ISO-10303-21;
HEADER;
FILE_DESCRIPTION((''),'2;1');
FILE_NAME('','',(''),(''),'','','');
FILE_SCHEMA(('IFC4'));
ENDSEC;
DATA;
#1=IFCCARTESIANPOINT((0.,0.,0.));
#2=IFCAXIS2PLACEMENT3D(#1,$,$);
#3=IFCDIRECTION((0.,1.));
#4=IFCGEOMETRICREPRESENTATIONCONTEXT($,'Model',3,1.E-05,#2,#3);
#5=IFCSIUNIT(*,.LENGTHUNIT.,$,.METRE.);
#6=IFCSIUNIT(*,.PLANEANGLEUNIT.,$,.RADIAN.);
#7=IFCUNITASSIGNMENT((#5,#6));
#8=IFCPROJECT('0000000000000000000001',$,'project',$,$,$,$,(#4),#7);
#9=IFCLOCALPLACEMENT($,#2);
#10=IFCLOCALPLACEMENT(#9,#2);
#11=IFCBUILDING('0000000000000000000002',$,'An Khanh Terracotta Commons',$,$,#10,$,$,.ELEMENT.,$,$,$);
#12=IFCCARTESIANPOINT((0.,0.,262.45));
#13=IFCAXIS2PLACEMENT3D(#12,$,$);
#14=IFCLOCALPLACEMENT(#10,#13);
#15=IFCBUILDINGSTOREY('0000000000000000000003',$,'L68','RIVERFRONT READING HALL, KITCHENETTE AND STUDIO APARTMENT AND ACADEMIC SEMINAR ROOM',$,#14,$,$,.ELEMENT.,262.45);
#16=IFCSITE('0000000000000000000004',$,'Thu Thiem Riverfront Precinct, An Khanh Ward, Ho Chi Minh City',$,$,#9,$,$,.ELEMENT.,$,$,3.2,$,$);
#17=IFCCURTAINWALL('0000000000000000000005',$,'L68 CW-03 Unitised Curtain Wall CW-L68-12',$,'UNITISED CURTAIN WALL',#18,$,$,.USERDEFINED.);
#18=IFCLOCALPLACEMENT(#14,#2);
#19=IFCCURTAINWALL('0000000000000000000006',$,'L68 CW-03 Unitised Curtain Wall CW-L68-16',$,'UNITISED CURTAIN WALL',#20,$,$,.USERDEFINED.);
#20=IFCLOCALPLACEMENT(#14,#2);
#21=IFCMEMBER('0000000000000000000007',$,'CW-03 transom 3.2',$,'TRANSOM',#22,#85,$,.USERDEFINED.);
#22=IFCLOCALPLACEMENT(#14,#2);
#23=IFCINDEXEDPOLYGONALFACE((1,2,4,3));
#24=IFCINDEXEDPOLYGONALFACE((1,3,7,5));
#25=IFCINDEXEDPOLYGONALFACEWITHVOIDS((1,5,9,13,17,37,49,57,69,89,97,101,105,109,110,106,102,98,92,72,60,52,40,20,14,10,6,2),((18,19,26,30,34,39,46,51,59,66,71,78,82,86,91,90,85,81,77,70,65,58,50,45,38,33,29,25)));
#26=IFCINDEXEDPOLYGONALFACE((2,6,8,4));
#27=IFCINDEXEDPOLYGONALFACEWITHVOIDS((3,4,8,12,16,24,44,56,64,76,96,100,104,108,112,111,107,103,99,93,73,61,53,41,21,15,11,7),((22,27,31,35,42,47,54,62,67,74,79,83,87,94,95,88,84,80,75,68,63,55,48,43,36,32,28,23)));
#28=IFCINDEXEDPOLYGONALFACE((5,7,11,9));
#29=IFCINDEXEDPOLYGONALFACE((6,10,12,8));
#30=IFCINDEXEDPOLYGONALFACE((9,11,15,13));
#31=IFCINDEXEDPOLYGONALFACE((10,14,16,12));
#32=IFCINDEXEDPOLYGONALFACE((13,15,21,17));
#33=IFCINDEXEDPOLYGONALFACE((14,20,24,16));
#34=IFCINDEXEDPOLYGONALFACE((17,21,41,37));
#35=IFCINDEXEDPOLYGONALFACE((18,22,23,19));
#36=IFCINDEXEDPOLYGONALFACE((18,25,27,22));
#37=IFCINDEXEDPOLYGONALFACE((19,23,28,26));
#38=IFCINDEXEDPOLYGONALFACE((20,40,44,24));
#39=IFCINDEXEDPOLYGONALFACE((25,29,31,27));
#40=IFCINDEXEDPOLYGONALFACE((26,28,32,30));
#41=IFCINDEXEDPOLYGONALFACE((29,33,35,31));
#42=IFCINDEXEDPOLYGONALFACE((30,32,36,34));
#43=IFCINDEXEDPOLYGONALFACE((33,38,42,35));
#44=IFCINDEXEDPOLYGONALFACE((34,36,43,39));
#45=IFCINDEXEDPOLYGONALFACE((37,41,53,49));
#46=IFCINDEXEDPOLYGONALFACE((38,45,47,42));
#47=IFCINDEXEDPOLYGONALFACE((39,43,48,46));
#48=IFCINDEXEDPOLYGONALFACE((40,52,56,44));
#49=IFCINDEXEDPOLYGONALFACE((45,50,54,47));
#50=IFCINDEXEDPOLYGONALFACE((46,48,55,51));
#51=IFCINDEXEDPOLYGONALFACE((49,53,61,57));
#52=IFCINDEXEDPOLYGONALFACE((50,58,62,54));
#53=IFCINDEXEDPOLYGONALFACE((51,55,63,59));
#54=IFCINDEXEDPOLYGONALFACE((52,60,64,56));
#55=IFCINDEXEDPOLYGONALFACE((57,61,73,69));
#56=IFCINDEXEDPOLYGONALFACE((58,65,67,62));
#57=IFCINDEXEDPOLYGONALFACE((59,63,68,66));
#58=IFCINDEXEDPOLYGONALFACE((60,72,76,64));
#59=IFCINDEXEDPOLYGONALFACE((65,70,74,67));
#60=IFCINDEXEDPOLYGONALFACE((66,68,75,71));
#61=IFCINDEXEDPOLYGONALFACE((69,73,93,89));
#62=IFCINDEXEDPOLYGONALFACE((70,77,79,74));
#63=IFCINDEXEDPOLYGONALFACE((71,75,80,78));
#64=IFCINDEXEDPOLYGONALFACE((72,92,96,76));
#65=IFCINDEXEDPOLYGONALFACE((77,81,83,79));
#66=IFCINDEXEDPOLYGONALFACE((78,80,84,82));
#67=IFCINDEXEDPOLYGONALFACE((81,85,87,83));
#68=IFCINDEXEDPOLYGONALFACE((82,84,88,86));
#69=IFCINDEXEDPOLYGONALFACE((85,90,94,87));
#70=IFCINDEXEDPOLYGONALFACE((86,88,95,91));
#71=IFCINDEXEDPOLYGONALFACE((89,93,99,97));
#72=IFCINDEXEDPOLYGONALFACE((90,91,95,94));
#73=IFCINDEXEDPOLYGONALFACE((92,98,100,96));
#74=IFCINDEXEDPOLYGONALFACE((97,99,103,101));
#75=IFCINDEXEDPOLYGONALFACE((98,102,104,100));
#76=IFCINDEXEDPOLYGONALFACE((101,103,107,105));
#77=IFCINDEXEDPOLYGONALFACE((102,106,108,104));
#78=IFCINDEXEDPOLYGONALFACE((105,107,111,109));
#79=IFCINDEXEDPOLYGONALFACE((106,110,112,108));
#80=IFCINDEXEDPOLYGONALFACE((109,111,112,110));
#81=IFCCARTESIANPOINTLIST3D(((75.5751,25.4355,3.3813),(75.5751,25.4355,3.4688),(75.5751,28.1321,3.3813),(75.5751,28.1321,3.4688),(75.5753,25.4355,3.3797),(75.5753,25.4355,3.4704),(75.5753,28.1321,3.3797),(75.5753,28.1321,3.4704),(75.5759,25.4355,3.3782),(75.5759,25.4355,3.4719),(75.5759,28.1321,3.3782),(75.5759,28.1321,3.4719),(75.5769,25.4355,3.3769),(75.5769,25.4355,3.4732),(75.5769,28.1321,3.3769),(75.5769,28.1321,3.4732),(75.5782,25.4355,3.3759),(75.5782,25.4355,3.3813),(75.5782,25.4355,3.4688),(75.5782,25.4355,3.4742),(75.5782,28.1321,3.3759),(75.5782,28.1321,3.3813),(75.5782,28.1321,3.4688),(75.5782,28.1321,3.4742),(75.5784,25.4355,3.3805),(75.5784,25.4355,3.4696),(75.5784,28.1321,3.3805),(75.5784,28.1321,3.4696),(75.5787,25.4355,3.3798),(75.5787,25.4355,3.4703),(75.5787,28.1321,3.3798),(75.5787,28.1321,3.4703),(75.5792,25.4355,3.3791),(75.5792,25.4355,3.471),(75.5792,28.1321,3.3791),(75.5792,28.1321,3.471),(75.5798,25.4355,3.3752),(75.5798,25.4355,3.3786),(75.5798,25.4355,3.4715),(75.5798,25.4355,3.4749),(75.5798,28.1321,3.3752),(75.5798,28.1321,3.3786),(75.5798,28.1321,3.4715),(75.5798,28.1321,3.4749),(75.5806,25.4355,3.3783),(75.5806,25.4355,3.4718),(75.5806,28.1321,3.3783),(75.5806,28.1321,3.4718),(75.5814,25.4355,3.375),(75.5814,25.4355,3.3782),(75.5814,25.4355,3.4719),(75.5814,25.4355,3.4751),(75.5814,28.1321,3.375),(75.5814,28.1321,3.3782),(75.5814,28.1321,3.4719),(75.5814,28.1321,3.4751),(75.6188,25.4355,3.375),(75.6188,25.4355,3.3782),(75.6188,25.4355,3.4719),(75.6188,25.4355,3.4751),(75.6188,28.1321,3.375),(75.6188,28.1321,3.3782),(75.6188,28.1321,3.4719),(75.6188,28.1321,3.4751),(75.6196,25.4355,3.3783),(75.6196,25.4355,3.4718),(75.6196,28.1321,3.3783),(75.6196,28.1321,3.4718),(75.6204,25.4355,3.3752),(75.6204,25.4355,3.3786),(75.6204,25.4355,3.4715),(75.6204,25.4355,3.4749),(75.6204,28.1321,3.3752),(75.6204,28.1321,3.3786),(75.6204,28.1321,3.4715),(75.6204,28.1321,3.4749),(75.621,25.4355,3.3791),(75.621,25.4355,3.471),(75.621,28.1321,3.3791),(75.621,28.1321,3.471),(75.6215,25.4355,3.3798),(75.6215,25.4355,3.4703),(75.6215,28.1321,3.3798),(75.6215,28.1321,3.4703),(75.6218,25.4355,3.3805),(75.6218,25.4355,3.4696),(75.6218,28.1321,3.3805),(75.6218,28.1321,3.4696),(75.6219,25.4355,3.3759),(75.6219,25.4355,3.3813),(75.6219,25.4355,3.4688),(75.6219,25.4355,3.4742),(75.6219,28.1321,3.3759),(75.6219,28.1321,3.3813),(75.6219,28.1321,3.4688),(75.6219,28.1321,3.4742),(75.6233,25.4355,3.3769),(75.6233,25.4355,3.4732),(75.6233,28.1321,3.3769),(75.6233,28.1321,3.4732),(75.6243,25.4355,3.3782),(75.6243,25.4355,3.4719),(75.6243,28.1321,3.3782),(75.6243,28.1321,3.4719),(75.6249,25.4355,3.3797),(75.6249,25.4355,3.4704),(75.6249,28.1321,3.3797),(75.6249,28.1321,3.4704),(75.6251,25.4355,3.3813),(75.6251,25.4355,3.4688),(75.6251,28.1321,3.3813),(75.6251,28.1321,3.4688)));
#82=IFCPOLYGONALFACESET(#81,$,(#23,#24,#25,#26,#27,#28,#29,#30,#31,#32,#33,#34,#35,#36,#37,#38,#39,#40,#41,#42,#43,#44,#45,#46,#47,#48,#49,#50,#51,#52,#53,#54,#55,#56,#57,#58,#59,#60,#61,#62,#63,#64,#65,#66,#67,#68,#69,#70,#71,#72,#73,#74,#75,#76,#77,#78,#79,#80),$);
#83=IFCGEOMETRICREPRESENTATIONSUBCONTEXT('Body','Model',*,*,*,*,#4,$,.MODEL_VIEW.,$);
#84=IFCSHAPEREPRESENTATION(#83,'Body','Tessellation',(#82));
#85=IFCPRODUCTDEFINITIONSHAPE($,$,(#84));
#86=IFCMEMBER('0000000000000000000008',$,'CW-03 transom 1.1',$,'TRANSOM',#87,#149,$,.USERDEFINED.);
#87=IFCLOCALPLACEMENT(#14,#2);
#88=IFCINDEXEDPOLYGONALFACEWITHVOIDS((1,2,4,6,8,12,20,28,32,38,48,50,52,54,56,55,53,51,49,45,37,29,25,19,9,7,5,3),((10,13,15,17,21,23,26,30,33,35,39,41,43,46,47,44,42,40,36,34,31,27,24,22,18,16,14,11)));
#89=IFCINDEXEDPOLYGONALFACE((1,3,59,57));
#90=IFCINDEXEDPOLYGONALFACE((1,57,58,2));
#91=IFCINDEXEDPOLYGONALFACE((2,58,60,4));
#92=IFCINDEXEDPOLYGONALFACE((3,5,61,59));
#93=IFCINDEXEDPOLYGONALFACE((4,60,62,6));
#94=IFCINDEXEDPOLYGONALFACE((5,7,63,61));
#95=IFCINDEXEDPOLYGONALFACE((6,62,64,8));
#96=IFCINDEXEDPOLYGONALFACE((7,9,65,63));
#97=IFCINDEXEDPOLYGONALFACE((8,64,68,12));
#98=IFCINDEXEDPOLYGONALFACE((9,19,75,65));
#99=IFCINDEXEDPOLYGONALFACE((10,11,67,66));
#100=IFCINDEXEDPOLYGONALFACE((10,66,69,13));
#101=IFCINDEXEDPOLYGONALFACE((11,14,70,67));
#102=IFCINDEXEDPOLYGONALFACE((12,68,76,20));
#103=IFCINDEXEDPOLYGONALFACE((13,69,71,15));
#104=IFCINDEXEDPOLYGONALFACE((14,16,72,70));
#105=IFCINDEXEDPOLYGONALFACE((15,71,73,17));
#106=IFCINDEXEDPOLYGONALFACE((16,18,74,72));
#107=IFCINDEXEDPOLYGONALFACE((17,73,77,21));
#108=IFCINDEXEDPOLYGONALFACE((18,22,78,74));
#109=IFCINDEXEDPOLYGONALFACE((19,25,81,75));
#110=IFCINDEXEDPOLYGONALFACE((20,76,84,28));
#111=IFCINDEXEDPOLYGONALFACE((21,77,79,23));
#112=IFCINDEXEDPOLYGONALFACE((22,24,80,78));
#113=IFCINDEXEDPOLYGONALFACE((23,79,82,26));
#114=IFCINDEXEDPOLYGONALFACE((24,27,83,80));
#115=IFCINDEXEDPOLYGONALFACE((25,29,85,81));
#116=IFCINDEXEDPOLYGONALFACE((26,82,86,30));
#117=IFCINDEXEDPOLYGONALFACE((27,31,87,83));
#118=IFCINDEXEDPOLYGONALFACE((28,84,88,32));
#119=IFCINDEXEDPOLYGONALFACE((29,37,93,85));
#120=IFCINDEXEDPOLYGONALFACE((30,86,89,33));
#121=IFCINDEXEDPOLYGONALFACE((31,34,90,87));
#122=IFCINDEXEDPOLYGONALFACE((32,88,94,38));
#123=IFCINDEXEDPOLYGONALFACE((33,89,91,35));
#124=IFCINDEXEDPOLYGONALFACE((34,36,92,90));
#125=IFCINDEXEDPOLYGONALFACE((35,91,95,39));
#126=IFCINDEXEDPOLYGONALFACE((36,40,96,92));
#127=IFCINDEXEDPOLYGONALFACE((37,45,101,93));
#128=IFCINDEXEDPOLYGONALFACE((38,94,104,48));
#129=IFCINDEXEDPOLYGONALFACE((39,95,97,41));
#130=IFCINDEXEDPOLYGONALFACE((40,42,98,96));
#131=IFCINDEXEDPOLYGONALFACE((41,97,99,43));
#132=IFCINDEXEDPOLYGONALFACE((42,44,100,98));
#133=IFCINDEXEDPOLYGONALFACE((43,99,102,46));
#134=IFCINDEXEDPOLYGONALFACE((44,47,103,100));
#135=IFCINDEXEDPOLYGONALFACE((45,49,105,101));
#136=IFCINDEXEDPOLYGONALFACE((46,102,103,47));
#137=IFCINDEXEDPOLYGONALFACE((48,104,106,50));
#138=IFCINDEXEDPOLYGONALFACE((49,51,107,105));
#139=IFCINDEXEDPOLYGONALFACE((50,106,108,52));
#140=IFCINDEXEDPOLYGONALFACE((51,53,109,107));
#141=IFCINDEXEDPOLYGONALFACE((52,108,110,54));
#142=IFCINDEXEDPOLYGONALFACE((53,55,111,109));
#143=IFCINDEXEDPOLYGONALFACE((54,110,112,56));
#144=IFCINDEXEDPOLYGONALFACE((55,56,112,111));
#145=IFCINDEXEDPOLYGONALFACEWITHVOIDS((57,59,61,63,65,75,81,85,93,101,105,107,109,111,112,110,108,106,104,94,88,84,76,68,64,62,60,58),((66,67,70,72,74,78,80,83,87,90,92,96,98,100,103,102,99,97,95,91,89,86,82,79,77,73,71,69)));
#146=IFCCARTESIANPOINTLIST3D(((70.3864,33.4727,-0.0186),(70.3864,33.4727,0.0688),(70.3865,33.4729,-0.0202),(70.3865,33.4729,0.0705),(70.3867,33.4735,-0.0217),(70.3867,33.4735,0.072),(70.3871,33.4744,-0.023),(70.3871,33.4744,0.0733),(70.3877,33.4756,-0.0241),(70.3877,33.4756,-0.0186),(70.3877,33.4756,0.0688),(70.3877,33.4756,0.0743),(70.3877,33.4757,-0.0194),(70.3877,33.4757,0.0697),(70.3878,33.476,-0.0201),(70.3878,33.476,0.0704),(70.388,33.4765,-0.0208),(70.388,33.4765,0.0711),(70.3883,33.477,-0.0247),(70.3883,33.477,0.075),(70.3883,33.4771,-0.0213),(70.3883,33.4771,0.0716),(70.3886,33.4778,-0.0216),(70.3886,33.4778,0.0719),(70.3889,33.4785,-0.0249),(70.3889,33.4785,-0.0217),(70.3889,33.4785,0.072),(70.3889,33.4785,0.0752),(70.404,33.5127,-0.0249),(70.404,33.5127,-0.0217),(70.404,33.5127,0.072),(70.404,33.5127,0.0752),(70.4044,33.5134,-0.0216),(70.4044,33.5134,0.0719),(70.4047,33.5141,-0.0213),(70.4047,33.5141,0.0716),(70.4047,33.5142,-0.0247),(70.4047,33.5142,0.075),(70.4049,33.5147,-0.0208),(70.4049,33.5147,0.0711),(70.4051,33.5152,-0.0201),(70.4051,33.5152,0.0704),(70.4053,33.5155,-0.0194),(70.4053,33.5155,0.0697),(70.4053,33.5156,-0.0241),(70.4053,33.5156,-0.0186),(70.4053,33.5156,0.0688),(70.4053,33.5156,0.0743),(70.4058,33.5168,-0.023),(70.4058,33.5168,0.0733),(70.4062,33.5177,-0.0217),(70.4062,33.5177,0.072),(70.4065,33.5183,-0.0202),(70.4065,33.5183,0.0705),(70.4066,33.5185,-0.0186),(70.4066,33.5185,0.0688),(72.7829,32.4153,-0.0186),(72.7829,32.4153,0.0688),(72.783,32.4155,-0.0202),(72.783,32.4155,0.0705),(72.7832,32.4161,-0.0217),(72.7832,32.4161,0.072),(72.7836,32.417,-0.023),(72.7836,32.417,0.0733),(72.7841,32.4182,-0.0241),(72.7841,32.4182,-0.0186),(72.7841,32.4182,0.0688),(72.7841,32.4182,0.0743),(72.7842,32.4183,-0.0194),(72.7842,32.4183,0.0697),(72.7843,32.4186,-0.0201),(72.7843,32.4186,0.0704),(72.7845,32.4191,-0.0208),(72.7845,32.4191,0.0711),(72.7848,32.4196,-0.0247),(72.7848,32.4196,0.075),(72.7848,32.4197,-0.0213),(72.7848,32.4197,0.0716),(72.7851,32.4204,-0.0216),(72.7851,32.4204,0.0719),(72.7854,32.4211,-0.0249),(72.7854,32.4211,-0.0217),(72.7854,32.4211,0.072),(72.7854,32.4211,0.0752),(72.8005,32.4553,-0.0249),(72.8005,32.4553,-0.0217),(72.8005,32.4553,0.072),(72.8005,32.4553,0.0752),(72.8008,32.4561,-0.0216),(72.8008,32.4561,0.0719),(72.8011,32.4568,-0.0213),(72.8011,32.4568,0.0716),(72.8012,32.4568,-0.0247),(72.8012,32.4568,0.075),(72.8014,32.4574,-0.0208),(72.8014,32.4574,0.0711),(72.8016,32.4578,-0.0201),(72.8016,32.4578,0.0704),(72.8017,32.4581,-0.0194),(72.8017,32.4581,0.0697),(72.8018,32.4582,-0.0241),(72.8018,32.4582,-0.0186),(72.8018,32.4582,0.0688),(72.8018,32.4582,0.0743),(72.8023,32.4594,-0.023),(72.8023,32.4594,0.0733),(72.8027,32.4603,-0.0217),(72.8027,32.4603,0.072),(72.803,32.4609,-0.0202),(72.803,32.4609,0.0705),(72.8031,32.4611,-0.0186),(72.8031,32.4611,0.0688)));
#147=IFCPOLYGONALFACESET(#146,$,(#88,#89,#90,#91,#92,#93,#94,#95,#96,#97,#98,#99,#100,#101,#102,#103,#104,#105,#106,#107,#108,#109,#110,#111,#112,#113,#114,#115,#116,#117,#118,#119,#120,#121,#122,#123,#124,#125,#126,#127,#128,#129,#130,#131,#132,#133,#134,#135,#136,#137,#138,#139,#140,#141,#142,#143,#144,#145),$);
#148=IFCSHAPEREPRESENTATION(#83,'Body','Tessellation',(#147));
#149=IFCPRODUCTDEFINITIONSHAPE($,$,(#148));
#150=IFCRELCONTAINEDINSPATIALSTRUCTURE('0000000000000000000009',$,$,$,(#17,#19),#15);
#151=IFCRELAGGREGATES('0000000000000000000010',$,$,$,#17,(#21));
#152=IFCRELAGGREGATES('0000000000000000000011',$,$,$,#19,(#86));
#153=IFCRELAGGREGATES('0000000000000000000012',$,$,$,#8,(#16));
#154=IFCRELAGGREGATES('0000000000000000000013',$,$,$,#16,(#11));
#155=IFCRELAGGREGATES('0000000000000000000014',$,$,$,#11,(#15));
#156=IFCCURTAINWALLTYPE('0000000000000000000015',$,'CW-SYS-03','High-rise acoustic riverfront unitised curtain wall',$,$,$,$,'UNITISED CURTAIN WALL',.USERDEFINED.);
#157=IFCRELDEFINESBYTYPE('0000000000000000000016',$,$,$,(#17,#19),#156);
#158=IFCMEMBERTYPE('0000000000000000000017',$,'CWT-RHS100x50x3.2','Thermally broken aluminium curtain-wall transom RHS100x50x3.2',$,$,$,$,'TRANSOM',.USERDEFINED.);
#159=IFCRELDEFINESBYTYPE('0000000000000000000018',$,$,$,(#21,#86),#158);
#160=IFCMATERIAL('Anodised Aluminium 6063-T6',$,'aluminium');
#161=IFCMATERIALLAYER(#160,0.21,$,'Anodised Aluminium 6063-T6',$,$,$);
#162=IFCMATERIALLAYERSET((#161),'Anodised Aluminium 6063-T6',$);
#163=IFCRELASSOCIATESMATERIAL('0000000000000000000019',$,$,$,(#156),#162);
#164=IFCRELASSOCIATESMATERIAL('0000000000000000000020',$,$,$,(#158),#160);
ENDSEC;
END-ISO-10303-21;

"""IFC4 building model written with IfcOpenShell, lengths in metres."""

from ifc_helpers import new_model, si_unit, direction, frame, origin, origin_2d, place, context, subcontext, project, spatial, hollow_rectangle, extrude, material, layer, layer_set, material_profile, profile_set, type_object, element, aggregate, save


model = new_model("IFC4")

# Units and contexts
model_context = context("Model", 3, precision=1e-05, world=origin(), true_north=direction((0.0, 1.0)))
body_context = subcontext(model_context, "Body", "Model", "MODEL_VIEW")
ifc_project = project(units=[si_unit("LENGTHUNIT", "METRE"), si_unit("PLANEANGLEUNIT", "RADIAN")], contexts=[model_context])

# Site, building, storey
site_placement = place(None, origin())
site = spatial("IfcSite", under=ifc_project, at=site_placement, Name="Thu Thiem Riverfront Precinct, An Khanh Ward, Ho Chi Minh City", CompositionType="ELEMENT", RefElevation=3.2)
building_placement = place(site_placement, origin())
building = spatial("IfcBuilding", under=site, at=building_placement, Name="An Khanh Terracotta Commons", CompositionType="ELEMENT")
storey_placement = place(building_placement, frame((0.0, 0.0, 262.45)))
storey = spatial("IfcBuildingStorey", under=building, at=storey_placement, Name="L68", Description="RIVERFRONT READING HALL, KITCHENETTE AND STUDIO APARTMENT AND ACADEMIC SEMINAR ROOM", CompositionType="ELEMENT", Elevation=262.45)

# Curtain walls
ifc_material_1 = material(Name="Anodised Aluminium 6063-T6", Category="aluminium")
ifc_layer_1 = layer(ifc_material_1, 0.21, Name="Anodised Aluminium 6063-T6")
ifc_layer_set_1 = layer_set([ifc_layer_1], Name="Anodised Aluminium 6063-T6")
curtain_wall_type = type_object("IfcCurtainWallType", Name="CW-SYS-03", Description="High-rise acoustic riverfront unitised curtain wall", ElementType="UNITISED CURTAIN WALL", PredefinedType="USERDEFINED", material=ifc_layer_set_1)
curtain_wall_1_placement = place(storey_placement, origin())
curtain_wall_1 = element("IfcCurtainWall", 1, at=curtain_wall_1_placement, inside=storey, type_object=curtain_wall_type, Name="L68 CW-03 Unitised Curtain Wall CW-L68-12", ObjectType="UNITISED CURTAIN WALL", PredefinedType="USERDEFINED")
curtain_wall_2_placement = place(storey_placement, origin())
curtain_wall_2 = element("IfcCurtainWall", 2, at=curtain_wall_2_placement, inside=storey, type_object=curtain_wall_type, Name="L68 CW-03 Unitised Curtain Wall CW-L68-16", ObjectType="UNITISED CURTAIN WALL", PredefinedType="USERDEFINED")

# Members
ifc_material_profile_1 = material_profile(ifc_material_1, hollow_rectangle(XDim=0.05, YDim=0.1001, WallThickness=0.0032, InnerFilletRadius=0.0032, OuterFilletRadius=0.0063, at=origin_2d()), Name="RHS100x50x3.2")
ifc_profile_set_1 = profile_set([ifc_material_profile_1], Name="Anodised Aluminium 6063-T6")
member_type_1 = type_object("IfcMemberType", Name="CWT-RHS100x50x3.2", Description="Thermally broken aluminium curtain-wall transom RHS100x50x3.2", ElementType="TRANSOM", PredefinedType="USERDEFINED", material=ifc_profile_set_1)
member_1_placement = place(storey_placement, frame((75.6001, 25.4355, 3.425), z_axis=(0.0, 1.0, 0.0), x_axis=(-1.0, 0.0, 0.0)))
member_1 = element("IfcMember", 3, at=member_1_placement, type_object=member_type_1, Name="CW-03 transom 3.2", ObjectType="TRANSOM", PredefinedType="USERDEFINED", context=body_context, shape_type="SweptSolid", body=[
    extrude(hollow_rectangle(XDim=0.05, YDim=0.1001, WallThickness=0.0032, InnerFilletRadius=0.0032, OuterFilletRadius=0.0063, at=origin_2d()), origin(), (0.0, 0.0, 1.0), 2.6965),
])
member_2_placement = place(storey_placement, frame((72.793, 32.4382, 0.0251), z_axis=(-0.914904, 0.403672, 0.0), x_axis=(-0.403672, -0.914904, 0.0)))
member_2 = element("IfcMember", 4, at=member_2_placement, type_object=member_type_1, Name="CW-03 transom 1.1", ObjectType="TRANSOM", PredefinedType="USERDEFINED", context=body_context, shape_type="SweptSolid", body=[
    extrude(hollow_rectangle(XDim=0.05, YDim=0.1001, WallThickness=0.0032, InnerFilletRadius=0.0032, OuterFilletRadius=0.0063, at=origin_2d()), origin(), (0.0, 0.0, 1.0), 2.6194),
])

aggregate(curtain_wall_1, [member_1])
aggregate(curtain_wall_2, [member_2])

save(model, "model.ifc")
